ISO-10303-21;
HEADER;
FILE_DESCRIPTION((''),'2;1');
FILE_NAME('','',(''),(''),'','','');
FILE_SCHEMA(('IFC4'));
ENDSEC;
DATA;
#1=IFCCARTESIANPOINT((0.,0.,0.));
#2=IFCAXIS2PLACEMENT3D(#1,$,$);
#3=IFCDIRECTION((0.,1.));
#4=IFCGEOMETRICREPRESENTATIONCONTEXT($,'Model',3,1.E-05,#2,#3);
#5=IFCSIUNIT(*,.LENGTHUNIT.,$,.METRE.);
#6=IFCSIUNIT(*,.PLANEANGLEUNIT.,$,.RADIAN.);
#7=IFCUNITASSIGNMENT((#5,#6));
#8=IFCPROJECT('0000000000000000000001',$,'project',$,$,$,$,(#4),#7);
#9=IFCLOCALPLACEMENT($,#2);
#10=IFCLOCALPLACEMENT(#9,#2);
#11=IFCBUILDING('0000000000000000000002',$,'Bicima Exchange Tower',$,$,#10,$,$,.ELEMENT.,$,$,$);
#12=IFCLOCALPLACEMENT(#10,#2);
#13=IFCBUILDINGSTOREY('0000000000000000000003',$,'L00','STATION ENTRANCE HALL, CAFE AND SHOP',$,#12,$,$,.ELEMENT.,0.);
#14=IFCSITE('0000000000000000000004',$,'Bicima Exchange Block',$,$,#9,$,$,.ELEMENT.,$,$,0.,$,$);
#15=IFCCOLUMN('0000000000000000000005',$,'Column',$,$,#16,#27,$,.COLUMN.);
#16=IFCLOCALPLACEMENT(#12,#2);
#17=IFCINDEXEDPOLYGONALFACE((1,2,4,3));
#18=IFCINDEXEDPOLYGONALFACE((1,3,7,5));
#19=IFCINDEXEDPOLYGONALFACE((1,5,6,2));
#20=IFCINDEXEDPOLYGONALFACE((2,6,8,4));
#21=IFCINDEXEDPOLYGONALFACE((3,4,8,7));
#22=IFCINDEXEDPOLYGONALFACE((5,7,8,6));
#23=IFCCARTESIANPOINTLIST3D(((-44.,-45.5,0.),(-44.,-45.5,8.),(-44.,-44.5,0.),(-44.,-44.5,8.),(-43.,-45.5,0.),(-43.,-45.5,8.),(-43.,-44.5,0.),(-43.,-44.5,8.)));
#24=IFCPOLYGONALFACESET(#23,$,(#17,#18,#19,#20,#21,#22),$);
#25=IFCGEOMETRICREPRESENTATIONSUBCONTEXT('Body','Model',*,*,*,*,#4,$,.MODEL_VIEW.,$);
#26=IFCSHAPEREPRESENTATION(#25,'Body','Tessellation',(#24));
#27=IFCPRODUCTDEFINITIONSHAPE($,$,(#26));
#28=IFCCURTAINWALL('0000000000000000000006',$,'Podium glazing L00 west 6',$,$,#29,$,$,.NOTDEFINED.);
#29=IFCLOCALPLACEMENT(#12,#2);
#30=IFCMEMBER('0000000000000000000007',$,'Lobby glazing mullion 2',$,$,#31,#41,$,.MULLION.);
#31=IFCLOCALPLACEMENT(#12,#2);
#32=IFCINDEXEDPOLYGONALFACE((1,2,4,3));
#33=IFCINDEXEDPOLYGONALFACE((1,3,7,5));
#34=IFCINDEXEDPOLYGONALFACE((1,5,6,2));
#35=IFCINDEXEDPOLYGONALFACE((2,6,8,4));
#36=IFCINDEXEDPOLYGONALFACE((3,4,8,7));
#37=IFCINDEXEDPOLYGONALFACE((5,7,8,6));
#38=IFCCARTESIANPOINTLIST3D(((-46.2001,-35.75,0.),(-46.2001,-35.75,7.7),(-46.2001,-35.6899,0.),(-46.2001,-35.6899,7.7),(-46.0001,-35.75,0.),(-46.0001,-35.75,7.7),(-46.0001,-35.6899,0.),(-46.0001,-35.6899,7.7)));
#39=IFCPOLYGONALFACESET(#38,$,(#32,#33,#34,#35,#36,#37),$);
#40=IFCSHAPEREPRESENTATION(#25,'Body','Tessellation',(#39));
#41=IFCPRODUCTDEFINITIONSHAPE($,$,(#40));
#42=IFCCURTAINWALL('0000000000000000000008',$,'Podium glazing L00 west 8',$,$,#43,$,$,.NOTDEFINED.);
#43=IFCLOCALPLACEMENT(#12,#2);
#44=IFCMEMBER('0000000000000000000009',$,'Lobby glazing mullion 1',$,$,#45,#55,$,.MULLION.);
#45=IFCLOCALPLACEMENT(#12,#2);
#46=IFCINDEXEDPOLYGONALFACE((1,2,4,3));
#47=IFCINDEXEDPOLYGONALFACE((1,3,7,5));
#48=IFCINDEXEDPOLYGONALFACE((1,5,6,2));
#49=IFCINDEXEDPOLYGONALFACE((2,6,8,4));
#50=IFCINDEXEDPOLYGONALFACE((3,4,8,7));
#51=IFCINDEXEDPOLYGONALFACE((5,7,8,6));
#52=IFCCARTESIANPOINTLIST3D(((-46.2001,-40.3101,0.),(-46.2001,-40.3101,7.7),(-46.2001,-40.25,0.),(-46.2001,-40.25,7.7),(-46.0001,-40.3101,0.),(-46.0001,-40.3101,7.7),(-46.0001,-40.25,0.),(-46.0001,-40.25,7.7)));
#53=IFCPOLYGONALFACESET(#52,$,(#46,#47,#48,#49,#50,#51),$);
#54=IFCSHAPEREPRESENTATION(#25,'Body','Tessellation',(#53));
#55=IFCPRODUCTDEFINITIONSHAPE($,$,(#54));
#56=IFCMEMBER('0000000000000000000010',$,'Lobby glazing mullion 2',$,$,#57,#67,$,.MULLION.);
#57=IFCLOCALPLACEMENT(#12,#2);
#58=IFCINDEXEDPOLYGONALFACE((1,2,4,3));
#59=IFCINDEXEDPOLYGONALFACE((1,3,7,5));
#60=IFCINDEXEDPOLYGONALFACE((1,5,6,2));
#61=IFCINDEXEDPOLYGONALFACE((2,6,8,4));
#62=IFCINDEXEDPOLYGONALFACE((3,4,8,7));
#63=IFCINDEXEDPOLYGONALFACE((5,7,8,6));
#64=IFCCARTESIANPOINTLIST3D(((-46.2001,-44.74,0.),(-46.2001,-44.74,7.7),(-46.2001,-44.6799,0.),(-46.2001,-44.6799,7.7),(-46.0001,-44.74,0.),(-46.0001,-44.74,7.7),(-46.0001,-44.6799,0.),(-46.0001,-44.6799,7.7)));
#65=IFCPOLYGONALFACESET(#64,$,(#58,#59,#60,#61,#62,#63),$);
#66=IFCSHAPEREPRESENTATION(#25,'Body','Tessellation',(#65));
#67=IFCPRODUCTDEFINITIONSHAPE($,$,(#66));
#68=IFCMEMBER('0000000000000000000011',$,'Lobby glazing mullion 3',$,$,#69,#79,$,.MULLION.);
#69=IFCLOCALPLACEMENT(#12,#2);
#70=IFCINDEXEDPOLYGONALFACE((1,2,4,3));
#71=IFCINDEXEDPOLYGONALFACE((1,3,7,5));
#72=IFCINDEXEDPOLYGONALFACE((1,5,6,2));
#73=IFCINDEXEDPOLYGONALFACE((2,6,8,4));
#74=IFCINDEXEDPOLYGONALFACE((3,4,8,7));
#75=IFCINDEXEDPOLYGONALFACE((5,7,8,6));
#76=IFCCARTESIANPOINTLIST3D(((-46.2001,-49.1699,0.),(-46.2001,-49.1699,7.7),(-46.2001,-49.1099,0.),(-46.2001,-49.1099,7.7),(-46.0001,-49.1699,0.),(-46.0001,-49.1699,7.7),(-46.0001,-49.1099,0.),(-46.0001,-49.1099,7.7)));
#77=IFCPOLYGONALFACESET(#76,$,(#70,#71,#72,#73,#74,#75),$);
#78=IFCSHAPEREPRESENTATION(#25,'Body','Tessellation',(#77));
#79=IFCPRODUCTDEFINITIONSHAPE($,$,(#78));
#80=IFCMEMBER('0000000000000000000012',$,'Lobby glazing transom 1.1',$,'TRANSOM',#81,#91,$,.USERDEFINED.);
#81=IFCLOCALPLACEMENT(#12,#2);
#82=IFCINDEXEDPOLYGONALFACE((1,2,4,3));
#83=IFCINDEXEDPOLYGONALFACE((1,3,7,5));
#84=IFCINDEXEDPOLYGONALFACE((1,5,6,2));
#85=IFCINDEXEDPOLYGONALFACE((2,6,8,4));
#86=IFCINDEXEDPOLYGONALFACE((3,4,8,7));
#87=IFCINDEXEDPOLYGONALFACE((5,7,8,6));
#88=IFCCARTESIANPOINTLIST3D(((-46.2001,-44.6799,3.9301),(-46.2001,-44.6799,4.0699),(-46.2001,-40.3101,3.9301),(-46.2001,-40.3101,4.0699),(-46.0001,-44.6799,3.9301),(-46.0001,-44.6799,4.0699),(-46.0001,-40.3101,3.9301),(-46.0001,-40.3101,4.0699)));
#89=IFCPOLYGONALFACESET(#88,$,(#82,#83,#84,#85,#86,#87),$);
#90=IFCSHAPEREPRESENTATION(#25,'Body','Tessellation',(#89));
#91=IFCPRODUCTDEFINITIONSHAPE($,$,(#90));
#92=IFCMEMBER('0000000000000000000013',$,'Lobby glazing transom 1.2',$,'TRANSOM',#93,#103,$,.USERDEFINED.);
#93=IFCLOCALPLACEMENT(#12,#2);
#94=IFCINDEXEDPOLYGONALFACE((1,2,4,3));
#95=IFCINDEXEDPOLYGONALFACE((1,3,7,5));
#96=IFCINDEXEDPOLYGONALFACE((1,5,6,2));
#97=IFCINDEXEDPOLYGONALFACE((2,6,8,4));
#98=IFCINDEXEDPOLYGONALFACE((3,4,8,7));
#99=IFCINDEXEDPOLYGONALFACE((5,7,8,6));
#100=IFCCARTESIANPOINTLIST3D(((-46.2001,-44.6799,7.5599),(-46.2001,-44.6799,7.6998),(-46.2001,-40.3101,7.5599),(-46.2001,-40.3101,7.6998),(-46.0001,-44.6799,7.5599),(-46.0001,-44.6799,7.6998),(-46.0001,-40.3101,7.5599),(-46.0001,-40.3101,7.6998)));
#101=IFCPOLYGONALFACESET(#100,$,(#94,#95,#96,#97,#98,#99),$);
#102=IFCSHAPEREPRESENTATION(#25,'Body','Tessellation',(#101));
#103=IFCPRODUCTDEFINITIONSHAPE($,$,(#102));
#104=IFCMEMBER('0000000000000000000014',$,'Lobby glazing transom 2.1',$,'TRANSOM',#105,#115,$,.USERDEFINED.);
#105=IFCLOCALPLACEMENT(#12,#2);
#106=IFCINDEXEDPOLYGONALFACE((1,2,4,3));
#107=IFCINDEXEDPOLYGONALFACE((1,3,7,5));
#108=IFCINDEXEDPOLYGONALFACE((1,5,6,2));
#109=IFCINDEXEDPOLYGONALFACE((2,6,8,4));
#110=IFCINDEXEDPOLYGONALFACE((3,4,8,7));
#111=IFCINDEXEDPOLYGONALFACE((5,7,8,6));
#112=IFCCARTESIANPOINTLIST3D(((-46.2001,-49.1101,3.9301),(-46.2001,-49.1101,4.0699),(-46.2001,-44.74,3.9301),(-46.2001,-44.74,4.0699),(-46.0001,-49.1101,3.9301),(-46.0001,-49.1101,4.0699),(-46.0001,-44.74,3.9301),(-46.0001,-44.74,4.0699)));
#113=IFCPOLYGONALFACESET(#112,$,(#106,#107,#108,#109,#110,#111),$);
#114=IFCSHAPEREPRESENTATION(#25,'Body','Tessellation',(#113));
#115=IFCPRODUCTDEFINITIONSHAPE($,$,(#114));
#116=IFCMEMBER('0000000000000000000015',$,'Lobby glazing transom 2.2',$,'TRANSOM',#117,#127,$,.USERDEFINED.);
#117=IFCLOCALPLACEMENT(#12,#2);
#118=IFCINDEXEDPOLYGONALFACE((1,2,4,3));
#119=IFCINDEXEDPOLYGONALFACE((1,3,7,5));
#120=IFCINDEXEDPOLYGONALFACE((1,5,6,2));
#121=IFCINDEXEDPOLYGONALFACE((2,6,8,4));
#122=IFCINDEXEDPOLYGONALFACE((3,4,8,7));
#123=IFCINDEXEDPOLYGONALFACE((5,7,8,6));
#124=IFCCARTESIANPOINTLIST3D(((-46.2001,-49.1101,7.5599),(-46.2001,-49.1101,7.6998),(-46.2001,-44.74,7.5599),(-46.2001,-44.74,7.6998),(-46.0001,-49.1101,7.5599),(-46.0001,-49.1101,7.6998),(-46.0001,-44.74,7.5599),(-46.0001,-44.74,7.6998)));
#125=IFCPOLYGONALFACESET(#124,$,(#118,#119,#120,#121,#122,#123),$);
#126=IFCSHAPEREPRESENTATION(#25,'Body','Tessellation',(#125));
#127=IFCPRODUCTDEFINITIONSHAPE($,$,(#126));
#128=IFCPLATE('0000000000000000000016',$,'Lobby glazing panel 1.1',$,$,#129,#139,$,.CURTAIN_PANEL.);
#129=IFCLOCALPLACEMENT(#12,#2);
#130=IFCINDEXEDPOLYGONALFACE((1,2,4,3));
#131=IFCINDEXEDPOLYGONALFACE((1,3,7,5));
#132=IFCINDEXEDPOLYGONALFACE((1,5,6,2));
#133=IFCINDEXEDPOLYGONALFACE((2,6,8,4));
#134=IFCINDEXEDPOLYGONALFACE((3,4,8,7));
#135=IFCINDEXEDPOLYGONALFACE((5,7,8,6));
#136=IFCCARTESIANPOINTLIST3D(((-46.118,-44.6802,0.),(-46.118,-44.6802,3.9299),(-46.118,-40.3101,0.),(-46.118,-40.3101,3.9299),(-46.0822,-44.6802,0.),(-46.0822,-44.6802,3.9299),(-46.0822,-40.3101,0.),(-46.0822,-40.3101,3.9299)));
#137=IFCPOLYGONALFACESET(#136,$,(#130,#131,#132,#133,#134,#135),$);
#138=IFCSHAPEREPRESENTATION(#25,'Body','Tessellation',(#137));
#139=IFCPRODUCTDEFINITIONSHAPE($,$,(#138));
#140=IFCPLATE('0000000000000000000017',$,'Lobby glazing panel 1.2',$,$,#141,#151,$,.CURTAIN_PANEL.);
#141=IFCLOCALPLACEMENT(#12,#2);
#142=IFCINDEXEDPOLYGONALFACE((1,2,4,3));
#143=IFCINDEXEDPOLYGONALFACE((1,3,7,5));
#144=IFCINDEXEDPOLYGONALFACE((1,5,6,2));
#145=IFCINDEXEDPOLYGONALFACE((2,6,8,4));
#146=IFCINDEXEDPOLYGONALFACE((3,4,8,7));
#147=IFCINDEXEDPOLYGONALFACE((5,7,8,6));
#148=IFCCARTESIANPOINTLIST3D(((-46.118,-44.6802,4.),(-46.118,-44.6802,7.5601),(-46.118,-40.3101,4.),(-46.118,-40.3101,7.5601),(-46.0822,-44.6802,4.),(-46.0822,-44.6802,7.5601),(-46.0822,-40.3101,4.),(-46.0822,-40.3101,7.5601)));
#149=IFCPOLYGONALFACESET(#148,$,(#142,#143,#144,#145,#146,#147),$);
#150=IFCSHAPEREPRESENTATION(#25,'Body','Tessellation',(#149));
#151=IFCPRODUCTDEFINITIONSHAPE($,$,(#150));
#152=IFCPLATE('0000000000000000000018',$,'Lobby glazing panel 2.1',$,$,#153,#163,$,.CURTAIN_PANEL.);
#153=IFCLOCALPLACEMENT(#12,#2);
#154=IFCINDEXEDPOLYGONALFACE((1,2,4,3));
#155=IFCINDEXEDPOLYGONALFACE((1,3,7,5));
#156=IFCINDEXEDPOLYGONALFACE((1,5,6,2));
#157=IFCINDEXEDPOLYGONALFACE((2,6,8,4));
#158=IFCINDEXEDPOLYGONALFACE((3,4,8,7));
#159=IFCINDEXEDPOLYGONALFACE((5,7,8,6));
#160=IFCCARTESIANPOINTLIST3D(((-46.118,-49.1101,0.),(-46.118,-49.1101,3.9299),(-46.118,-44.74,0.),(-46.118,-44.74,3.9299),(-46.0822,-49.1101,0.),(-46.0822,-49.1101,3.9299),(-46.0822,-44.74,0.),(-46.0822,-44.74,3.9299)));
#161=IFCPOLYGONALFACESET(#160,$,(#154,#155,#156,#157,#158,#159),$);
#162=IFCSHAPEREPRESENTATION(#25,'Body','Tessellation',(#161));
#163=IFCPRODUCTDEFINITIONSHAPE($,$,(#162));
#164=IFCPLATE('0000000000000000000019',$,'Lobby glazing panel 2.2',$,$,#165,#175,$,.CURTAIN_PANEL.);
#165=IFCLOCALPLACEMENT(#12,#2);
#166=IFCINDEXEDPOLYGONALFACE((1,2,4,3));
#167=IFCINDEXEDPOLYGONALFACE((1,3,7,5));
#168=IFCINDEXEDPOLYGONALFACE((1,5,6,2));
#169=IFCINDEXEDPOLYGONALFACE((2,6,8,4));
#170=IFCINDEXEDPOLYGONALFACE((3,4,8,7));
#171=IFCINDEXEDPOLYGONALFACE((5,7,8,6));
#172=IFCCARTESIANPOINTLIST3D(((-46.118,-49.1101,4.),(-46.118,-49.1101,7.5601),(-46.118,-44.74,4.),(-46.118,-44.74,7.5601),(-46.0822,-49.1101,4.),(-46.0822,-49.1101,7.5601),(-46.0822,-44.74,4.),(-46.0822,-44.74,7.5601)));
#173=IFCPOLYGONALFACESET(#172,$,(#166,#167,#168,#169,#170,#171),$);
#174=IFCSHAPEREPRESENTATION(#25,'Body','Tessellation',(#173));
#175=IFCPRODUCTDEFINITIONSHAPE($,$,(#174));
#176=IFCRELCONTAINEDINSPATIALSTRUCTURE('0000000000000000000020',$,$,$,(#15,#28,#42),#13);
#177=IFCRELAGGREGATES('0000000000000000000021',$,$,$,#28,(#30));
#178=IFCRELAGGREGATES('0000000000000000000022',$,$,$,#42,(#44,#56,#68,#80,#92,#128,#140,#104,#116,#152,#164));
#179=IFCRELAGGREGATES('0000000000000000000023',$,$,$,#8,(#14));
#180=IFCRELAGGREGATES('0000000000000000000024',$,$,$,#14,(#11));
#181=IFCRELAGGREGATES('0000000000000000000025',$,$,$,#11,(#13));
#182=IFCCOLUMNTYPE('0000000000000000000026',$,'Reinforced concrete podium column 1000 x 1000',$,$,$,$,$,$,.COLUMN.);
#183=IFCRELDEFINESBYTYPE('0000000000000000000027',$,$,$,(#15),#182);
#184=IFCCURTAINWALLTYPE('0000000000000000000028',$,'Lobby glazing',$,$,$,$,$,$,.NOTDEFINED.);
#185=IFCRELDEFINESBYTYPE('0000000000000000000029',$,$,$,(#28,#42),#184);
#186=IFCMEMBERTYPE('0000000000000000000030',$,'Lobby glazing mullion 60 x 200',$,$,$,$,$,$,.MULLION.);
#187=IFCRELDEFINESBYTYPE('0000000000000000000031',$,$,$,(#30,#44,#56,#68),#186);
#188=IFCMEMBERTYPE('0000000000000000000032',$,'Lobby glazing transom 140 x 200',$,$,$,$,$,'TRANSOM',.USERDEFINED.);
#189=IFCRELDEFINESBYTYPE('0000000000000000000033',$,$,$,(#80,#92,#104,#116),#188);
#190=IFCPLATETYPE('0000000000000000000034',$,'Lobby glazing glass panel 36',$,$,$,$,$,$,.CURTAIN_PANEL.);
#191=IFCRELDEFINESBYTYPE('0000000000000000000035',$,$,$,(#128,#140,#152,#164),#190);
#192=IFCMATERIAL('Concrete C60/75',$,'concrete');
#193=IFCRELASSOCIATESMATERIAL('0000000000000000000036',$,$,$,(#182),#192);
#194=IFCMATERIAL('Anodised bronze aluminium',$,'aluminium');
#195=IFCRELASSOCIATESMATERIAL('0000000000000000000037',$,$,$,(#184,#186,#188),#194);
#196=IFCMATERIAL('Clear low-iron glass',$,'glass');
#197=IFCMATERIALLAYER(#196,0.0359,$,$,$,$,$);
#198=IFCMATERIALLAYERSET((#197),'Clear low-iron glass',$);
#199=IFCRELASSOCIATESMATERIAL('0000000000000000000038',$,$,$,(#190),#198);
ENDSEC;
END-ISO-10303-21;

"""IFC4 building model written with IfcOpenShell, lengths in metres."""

from ifc_helpers import new_model, si_unit, direction, frame, origin, origin_2d, place, context, subcontext, project, spatial, rectangle, extrude, material, layer, layer_set, material_profile, profile_set, type_object, element, aggregate, save


model = new_model("IFC4")

# Units and contexts
model_context = context("Model", 3, precision=1e-05, world=origin(), true_north=direction((0.0, 1.0)))
body_context = subcontext(model_context, "Body", "Model", "MODEL_VIEW")
ifc_project = project(units=[si_unit("LENGTHUNIT", "METRE"), si_unit("PLANEANGLEUNIT", "RADIAN")], contexts=[model_context])

# Site, building, storey
site_placement = place(None, origin())
site = spatial("IfcSite", under=ifc_project, at=site_placement, Name="Bicima Exchange Block", CompositionType="ELEMENT", RefElevation=0.0)
building_placement = place(site_placement, origin())
building = spatial("IfcBuilding", under=site, at=building_placement, Name="Bicima Exchange Tower", CompositionType="ELEMENT")
storey_placement = place(building_placement, origin())
storey = spatial("IfcBuildingStorey", under=building, at=storey_placement, Name="L00", Description="STATION ENTRANCE HALL, CAFE AND SHOP", CompositionType="ELEMENT", Elevation=0.0)

# Column
ifc_material_1 = material(Name="Concrete C60/75", Category="concrete")
ifc_material_profile_1 = material_profile(ifc_material_1, rectangle(XDim=1.0, YDim=1.0, at=origin_2d()))
ifc_profile_set_1 = profile_set([ifc_material_profile_1], Name="Concrete C60/75")
column_type = type_object("IfcColumnType", Name="Reinforced concrete podium column 1000 x 1000", PredefinedType="COLUMN", material=ifc_profile_set_1)
column_placement = place(storey_placement, frame((-43.5, -45.0, 0.0), z_axis=(0.0, 0.0, 1.0), x_axis=(1.0, 0.0, 0.0)))
element("IfcColumn", 1, at=column_placement, inside=storey, type_object=column_type, Name="Column", PredefinedType="COLUMN", context=body_context, shape_type="SweptSolid", body=[
    extrude(rectangle(XDim=1.0, YDim=1.0, at=origin_2d()), origin(), (0.0, 0.0, 1.0), 8.0),
])

# Curtain wall, member
ifc_material_2 = material(Name="Anodised bronze aluminium", Category="aluminium")
curtain_wall_type = type_object("IfcCurtainWallType", Name="Lobby glazing", PredefinedType="NOTDEFINED", material=ifc_material_2)
curtain_wall_1_placement = place(storey_placement, origin())
curtain_wall_1 = element("IfcCurtainWall", 2, at=curtain_wall_1_placement, inside=storey, type_object=curtain_wall_type, Name="Podium glazing L00 west 6", PredefinedType="NOTDEFINED")
ifc_material_profile_2 = material_profile(ifc_material_2, rectangle(XDim=0.2, YDim=0.0601, at=origin_2d()))
ifc_profile_set_2 = profile_set([ifc_material_profile_2], Name="Anodised bronze aluminium")
member_type_1 = type_object("IfcMemberType", Name="Lobby glazing mullion 60 x 200", PredefinedType="MULLION", material=ifc_profile_set_2)
member_1_placement = place(storey_placement, frame((-46.1001, -35.72, 0.0), z_axis=(0.0, 0.0, 1.0), x_axis=(1.0, 0.0, 0.0)))
member_1 = element("IfcMember", 3, at=member_1_placement, type_object=member_type_1, Name="Lobby glazing mullion 2", PredefinedType="MULLION", context=body_context, shape_type="SweptSolid", body=[
    extrude(rectangle(XDim=0.2, YDim=0.0601, at=origin_2d()), origin(), (0.0, 0.0, 1.0), 7.7),
])
aggregate(curtain_wall_1, [member_1])

# Curtain wall, members, plates
curtain_wall_2_placement = place(storey_placement, origin())
curtain_wall_2 = element("IfcCurtainWall", 4, at=curtain_wall_2_placement, inside=storey, type_object=curtain_wall_type, Name="Podium glazing L00 west 8", PredefinedType="NOTDEFINED")
member_2_placement = place(storey_placement, frame((-46.1001, -40.28, 0.0), z_axis=(0.0, 0.0, 1.0), x_axis=(1.0, 0.0, 0.0)))
member_2 = element("IfcMember", 5, at=member_2_placement, type_object=member_type_1, Name="Lobby glazing mullion 1", PredefinedType="MULLION", context=body_context, shape_type="SweptSolid", body=[
    extrude(rectangle(XDim=0.2, YDim=0.0601, at=origin_2d()), origin(), (0.0, 0.0, 1.0), 7.7),
])
member_3_placement = place(storey_placement, frame((-46.1001, -44.71, 0.0), z_axis=(0.0, 0.0, 1.0), x_axis=(1.0, 0.0, 0.0)))
member_3 = element("IfcMember", 6, at=member_3_placement, type_object=member_type_1, Name="Lobby glazing mullion 2", PredefinedType="MULLION", context=body_context, shape_type="SweptSolid", body=[
    extrude(rectangle(XDim=0.2, YDim=0.0601, at=origin_2d()), origin(), (0.0, 0.0, 1.0), 7.7),
])
member_4_placement = place(storey_placement, frame((-46.1001, -49.1399, 0.0), z_axis=(0.0, 0.0, 1.0), x_axis=(1.0, 0.0, 0.0)))
member_4 = element("IfcMember", 7, at=member_4_placement, type_object=member_type_1, Name="Lobby glazing mullion 3", PredefinedType="MULLION", context=body_context, shape_type="SweptSolid", body=[
    extrude(rectangle(XDim=0.2, YDim=0.0601, at=origin_2d()), origin(), (0.0, 0.0, 1.0), 7.7),
])
ifc_material_profile_3 = material_profile(ifc_material_2, rectangle(XDim=0.2, YDim=0.1399, at=origin_2d()))
ifc_profile_set_3 = profile_set([ifc_material_profile_3], Name="Anodised bronze aluminium")
member_type_2 = type_object("IfcMemberType", Name="Lobby glazing transom 140 x 200", ElementType="TRANSOM", PredefinedType="USERDEFINED", material=ifc_profile_set_3)
member_5_placement = place(storey_placement, frame((-46.1001, -40.3101, 4.0), z_axis=(0.0, -1.0, 0.0), x_axis=(1.0, 0.0, 0.0)))
member_5 = element("IfcMember", 8, at=member_5_placement, type_object=member_type_2, Name="Lobby glazing transom 1.1", ObjectType="TRANSOM", PredefinedType="USERDEFINED", context=body_context, shape_type="SweptSolid", body=[
    extrude(rectangle(XDim=0.2, YDim=0.1399, at=origin_2d()), origin(), (0.0, 0.0, 1.0), 4.3699),
])
member_6_placement = place(storey_placement, frame((-46.1001, -40.3101, 7.6299), z_axis=(0.0, -1.0, 0.0), x_axis=(1.0, 0.0, 0.0)))
member_6 = element("IfcMember", 9, at=member_6_placement, type_object=member_type_2, Name="Lobby glazing transom 1.2", ObjectType="TRANSOM", PredefinedType="USERDEFINED", context=body_context, shape_type="SweptSolid", body=[
    extrude(rectangle(XDim=0.2, YDim=0.1399, at=origin_2d()), origin(), (0.0, 0.0, 1.0), 4.3699),
])
member_7_placement = place(storey_placement, frame((-46.1001, -44.74, 4.0), z_axis=(0.0, -1.0, 0.0), x_axis=(1.0, 0.0, 0.0)))
member_7 = element("IfcMember", 10, at=member_7_placement, type_object=member_type_2, Name="Lobby glazing transom 2.1", ObjectType="TRANSOM", PredefinedType="USERDEFINED", context=body_context, shape_type="SweptSolid", body=[
    extrude(rectangle(XDim=0.2, YDim=0.1399, at=origin_2d()), origin(), (0.0, 0.0, 1.0), 4.3701),
])
member_8_placement = place(storey_placement, frame((-46.1001, -44.74, 7.6299), z_axis=(0.0, -1.0, 0.0), x_axis=(1.0, 0.0, 0.0)))
member_8 = element("IfcMember", 11, at=member_8_placement, type_object=member_type_2, Name="Lobby glazing transom 2.2", ObjectType="TRANSOM", PredefinedType="USERDEFINED", context=body_context, shape_type="SweptSolid", body=[
    extrude(rectangle(XDim=0.2, YDim=0.1399, at=origin_2d()), origin(), (0.0, 0.0, 1.0), 4.3701),
])
ifc_material_3 = material(Name="Clear low-iron glass", Category="glass")
ifc_layer_1 = layer(ifc_material_3, 0.0359)
ifc_layer_set_1 = layer_set([ifc_layer_1], Name="Clear low-iron glass")
plate_type = type_object("IfcPlateType", Name="Lobby glazing glass panel 36", PredefinedType="CURTAIN_PANEL", material=ifc_layer_set_1)
plate_1_placement = place(storey_placement, frame((-46.1001, -42.4951, 0.0), z_axis=(0.0, 0.0, 1.0), x_axis=(0.0, -1.0, 0.0)))
plate_1 = element("IfcPlate", 12, at=plate_1_placement, type_object=plate_type, Name="Lobby glazing panel 1.1", PredefinedType="CURTAIN_PANEL", context=body_context, shape_type="SweptSolid", body=[
    extrude(rectangle(XDim=4.3701, YDim=0.0359, at=origin_2d()), origin(), (0.0, 0.0, 1.0), 3.9299),
])
plate_2_placement = place(storey_placement, frame((-46.1001, -42.4951, 4.0), z_axis=(0.0, 0.0, 1.0), x_axis=(0.0, -1.0, 0.0)))
plate_2 = element("IfcPlate", 13, at=plate_2_placement, type_object=plate_type, Name="Lobby glazing panel 1.2", PredefinedType="CURTAIN_PANEL", context=body_context, shape_type="SweptSolid", body=[
    extrude(rectangle(XDim=4.3701, YDim=0.0359, at=origin_2d()), origin(), (0.0, 0.0, 1.0), 3.5601),
])
plate_3_placement = place(storey_placement, frame((-46.1001, -46.925, 0.0), z_axis=(0.0, 0.0, 1.0), x_axis=(0.0, -1.0, 0.0)))
plate_3 = element("IfcPlate", 14, at=plate_3_placement, type_object=plate_type, Name="Lobby glazing panel 2.1", PredefinedType="CURTAIN_PANEL", context=body_context, shape_type="SweptSolid", body=[
    extrude(rectangle(XDim=4.3701, YDim=0.0359, at=origin_2d()), origin(), (0.0, 0.0, 1.0), 3.9299),
])
plate_4_placement = place(storey_placement, frame((-46.1001, -46.925, 4.0), z_axis=(0.0, 0.0, 1.0), x_axis=(0.0, -1.0, 0.0)))
plate_4 = element("IfcPlate", 15, at=plate_4_placement, type_object=plate_type, Name="Lobby glazing panel 2.2", PredefinedType="CURTAIN_PANEL", context=body_context, shape_type="SweptSolid", body=[
    extrude(rectangle(XDim=4.3701, YDim=0.0359, at=origin_2d()), origin(), (0.0, 0.0, 1.0), 3.5601),
])
aggregate(curtain_wall_2, [member_2, member_3, member_4, member_5, member_6, plate_1, plate_2, member_7, member_8, plate_3, plate_4])

save(model, "model.ifc")
